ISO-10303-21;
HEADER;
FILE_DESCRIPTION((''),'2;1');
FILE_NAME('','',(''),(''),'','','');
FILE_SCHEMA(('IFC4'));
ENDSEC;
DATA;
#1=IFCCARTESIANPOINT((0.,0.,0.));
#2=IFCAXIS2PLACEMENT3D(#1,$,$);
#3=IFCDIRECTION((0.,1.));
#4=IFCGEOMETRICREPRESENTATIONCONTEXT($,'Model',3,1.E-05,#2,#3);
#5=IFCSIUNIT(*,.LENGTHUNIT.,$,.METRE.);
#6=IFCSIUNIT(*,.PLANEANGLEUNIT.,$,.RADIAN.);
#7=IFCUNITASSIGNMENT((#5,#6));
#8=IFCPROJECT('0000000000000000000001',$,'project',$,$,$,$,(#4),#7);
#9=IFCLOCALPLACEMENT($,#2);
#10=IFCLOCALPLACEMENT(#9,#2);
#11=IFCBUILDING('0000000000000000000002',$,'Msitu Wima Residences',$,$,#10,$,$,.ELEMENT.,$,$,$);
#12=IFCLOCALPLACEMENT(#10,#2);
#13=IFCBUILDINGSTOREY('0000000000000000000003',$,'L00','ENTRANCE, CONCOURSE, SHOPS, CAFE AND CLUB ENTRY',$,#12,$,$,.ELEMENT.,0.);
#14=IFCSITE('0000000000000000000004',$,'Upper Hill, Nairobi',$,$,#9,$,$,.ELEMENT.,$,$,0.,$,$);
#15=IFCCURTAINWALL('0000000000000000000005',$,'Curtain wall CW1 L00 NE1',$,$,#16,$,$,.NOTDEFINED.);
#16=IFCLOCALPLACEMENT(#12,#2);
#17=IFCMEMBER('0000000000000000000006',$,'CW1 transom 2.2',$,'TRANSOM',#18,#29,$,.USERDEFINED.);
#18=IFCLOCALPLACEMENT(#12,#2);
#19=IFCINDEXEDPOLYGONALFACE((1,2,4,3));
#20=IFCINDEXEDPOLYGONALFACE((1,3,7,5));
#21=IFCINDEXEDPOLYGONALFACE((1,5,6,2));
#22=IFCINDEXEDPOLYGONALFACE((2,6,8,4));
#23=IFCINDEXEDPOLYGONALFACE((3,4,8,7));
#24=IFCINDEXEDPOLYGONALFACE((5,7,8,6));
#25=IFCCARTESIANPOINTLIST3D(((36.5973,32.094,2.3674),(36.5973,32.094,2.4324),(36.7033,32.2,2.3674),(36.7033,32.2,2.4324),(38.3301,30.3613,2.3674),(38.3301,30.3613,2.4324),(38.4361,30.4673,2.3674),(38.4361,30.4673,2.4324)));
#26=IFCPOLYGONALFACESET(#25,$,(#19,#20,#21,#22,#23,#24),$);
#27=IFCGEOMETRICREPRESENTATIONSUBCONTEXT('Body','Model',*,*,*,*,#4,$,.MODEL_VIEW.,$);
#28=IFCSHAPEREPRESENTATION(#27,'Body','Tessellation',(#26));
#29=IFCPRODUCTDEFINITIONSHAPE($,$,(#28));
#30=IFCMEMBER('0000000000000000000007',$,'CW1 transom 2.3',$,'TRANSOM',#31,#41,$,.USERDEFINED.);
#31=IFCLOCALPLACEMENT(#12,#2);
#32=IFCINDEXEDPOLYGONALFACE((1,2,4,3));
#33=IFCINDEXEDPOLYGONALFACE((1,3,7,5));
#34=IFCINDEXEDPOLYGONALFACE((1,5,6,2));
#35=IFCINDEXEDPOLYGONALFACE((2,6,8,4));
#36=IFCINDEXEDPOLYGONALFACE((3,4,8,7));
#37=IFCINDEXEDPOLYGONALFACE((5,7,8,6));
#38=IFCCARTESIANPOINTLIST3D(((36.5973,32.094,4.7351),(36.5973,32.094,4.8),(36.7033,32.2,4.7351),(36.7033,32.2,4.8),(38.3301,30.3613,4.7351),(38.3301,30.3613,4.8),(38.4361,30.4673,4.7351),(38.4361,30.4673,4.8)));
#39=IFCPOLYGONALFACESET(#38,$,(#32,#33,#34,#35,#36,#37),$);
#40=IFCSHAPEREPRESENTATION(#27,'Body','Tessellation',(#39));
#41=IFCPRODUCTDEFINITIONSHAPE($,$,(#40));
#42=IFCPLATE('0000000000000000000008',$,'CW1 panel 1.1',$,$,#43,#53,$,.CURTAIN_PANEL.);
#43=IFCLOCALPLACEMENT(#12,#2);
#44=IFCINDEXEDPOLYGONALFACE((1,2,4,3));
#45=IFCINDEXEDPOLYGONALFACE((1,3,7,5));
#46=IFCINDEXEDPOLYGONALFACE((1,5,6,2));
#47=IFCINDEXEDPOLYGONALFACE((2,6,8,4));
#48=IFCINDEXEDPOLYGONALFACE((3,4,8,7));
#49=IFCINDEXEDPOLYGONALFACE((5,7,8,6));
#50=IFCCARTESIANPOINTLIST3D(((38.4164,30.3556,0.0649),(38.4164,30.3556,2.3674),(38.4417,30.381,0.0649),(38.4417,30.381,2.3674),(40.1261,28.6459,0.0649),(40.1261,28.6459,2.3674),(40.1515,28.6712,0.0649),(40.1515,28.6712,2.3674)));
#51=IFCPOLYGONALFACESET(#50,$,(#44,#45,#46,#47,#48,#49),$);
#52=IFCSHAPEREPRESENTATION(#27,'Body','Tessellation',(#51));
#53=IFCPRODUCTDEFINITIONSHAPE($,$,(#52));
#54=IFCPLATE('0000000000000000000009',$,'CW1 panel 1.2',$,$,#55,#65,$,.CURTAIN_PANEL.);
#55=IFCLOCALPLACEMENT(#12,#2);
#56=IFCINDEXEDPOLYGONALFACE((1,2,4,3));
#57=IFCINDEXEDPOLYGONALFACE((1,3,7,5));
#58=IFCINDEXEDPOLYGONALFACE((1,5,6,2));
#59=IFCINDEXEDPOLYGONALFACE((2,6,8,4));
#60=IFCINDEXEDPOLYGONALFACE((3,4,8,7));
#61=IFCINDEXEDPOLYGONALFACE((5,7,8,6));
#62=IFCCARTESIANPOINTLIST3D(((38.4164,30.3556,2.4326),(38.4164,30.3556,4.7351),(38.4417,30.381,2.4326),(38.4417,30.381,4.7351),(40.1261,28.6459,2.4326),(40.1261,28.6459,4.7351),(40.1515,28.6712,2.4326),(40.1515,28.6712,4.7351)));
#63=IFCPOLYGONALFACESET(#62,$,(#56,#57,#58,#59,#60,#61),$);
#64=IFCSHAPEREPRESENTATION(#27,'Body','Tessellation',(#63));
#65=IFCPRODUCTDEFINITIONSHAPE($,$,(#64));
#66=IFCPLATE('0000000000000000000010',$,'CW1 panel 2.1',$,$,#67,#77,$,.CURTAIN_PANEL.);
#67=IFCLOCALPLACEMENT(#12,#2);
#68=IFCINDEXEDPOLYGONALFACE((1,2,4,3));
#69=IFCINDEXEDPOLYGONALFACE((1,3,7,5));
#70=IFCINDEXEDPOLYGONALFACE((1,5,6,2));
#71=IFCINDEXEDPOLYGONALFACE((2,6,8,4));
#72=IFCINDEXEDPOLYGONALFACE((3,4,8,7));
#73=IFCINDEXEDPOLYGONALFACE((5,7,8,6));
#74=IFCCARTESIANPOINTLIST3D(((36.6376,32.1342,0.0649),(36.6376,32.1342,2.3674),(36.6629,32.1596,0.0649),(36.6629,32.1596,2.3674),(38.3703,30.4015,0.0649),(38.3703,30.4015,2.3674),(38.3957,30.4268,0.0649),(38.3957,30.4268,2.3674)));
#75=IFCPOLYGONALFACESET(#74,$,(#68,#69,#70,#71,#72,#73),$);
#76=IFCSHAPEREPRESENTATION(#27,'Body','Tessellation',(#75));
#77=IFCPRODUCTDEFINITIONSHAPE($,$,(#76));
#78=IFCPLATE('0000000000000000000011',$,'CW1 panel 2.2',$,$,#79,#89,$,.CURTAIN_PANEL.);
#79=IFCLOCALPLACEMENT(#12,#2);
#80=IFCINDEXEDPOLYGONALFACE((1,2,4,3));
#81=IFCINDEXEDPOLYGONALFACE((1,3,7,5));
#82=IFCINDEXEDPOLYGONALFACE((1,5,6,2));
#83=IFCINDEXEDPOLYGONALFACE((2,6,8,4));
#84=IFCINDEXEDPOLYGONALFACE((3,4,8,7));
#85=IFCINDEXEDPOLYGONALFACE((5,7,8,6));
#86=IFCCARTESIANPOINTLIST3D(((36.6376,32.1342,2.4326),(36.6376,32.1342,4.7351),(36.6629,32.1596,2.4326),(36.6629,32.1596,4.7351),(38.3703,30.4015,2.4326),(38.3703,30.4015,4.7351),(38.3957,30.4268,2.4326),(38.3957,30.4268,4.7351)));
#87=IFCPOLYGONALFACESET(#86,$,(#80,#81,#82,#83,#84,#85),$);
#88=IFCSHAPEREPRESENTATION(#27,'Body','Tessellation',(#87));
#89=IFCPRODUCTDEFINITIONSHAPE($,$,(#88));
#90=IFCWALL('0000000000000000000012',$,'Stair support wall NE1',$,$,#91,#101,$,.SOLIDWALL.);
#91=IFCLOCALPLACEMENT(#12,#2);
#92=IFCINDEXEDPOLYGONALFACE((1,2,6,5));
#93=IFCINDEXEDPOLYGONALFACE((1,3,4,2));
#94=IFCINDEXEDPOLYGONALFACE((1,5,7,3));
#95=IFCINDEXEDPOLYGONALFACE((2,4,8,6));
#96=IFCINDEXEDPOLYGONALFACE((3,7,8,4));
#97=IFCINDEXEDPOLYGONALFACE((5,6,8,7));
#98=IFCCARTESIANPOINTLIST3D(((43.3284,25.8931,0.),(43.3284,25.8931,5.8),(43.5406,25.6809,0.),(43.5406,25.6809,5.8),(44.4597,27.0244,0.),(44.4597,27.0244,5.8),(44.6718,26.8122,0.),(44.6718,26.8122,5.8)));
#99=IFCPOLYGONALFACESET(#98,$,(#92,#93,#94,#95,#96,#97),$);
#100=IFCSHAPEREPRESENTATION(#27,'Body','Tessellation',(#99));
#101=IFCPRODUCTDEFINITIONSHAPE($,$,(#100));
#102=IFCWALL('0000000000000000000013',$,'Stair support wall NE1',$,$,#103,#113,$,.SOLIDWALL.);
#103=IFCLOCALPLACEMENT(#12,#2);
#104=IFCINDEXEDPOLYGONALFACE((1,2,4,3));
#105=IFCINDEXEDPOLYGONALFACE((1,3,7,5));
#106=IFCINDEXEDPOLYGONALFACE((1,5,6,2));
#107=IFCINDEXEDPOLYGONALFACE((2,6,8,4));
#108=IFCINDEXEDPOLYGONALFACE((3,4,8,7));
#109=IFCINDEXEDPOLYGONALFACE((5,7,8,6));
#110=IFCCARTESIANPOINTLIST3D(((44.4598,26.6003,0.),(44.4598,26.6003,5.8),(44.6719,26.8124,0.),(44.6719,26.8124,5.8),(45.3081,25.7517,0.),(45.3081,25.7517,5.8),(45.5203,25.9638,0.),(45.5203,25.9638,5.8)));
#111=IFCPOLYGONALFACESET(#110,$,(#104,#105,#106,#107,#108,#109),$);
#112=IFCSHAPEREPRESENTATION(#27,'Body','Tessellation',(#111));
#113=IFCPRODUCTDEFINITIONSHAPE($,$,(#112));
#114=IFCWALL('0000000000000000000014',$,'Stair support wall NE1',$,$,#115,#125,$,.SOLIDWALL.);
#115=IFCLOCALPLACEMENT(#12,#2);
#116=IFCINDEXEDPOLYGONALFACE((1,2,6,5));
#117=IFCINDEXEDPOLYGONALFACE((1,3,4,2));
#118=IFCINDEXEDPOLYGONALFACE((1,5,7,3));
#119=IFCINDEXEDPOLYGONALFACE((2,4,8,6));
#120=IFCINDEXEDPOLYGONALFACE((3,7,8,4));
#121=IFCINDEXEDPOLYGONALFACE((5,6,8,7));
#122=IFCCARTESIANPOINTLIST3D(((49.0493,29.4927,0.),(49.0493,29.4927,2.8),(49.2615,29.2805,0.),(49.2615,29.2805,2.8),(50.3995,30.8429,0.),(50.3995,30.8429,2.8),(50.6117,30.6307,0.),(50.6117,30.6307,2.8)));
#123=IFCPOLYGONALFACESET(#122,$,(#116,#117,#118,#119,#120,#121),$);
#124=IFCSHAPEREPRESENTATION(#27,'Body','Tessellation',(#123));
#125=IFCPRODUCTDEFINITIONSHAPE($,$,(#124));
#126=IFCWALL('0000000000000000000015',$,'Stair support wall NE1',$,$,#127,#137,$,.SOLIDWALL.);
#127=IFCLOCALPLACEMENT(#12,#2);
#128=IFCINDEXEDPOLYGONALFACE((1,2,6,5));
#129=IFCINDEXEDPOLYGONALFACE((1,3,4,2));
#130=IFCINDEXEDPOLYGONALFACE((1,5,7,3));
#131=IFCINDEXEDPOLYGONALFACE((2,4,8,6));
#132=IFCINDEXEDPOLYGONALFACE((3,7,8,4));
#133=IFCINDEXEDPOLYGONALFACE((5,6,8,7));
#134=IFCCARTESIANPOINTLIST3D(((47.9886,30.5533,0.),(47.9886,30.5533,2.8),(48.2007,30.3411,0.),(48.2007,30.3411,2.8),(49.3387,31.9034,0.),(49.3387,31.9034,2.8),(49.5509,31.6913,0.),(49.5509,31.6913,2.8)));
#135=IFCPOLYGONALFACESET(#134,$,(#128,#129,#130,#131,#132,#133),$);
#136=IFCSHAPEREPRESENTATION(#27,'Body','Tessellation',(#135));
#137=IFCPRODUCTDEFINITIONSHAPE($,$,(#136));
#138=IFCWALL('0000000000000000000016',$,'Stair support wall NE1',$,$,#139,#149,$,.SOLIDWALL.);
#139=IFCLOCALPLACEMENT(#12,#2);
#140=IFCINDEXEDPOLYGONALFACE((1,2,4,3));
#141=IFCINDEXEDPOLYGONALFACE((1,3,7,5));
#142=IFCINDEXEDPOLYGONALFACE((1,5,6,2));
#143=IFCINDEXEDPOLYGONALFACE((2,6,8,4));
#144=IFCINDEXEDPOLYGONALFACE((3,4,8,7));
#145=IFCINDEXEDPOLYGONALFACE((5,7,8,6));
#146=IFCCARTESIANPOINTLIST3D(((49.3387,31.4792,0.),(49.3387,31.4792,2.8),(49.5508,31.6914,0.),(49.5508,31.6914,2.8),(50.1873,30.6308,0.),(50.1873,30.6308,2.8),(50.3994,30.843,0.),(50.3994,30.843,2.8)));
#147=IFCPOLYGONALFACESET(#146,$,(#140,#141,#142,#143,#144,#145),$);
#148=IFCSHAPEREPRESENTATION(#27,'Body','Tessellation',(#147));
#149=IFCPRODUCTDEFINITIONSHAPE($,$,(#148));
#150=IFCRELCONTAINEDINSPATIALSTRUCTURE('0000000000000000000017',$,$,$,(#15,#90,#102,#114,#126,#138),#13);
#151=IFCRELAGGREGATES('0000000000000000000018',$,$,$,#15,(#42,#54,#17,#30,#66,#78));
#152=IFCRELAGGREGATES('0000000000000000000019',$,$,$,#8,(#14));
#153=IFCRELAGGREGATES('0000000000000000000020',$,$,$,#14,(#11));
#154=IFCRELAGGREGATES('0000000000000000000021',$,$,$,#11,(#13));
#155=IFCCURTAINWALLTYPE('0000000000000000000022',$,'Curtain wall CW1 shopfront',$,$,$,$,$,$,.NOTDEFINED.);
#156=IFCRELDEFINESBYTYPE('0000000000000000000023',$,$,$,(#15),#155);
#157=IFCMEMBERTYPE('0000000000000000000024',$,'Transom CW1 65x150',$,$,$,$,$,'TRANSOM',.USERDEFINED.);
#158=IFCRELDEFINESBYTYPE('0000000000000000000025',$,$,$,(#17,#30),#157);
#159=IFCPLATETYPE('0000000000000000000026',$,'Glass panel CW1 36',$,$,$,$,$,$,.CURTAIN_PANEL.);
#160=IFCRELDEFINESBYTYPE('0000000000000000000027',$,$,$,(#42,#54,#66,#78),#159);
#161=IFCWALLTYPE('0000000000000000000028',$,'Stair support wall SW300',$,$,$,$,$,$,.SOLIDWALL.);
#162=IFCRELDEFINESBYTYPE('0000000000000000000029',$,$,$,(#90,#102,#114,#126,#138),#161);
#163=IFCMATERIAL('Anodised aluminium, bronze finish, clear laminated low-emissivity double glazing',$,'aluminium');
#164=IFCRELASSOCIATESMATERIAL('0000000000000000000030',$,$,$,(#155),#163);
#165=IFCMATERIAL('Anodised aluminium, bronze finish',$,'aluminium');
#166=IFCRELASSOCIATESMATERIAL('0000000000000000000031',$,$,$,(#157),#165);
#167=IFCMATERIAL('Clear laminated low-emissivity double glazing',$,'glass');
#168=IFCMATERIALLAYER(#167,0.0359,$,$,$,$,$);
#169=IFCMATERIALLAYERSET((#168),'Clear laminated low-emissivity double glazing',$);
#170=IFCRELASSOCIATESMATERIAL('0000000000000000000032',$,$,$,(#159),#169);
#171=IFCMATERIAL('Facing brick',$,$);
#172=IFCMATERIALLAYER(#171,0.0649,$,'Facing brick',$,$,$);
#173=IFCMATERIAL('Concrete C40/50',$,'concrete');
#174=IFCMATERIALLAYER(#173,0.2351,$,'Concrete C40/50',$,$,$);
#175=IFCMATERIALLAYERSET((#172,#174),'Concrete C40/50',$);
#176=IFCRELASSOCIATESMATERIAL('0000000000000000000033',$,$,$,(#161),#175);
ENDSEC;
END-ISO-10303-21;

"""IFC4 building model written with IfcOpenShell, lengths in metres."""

from ifc_helpers import new_model, si_unit, direction, frame, frame_2d, origin, origin_2d, place, context, subcontext, project, spatial, rectangle, extrude, material, layer, layer_set, material_profile, profile_set, type_object, element, aggregate, save


model = new_model("IFC4")

# Units and contexts
model_context = context("Model", 3, precision=1e-05, world=origin(), true_north=direction((0.0, 1.0)))
body_context = subcontext(model_context, "Body", "Model", "MODEL_VIEW")
ifc_project = project(units=[si_unit("LENGTHUNIT", "METRE"), si_unit("PLANEANGLEUNIT", "RADIAN")], contexts=[model_context])

# Site, building, storey
site_placement = place(None, origin())
site = spatial("IfcSite", under=ifc_project, at=site_placement, Name="Upper Hill, Nairobi", CompositionType="ELEMENT", RefElevation=0.0)
building_placement = place(site_placement, origin())
building = spatial("IfcBuilding", under=site, at=building_placement, Name="Msitu Wima Residences", CompositionType="ELEMENT")
storey_placement = place(building_placement, origin())
storey = spatial("IfcBuildingStorey", under=building, at=storey_placement, Name="L00", Description="ENTRANCE, CONCOURSE, SHOPS, CAFE AND CLUB ENTRY", CompositionType="ELEMENT", Elevation=0.0)

# Curtain wall, members, plates
ifc_material_1 = material(Name="Anodised aluminium, bronze finish, clear laminated low-emissivity double glazing", Category="aluminium")
curtain_wall_type = type_object("IfcCurtainWallType", Name="Curtain wall CW1 shopfront", PredefinedType="NOTDEFINED", material=ifc_material_1)
curtain_wall_placement = place(storey_placement, origin())
curtain_wall = element("IfcCurtainWall", 1, at=curtain_wall_placement, inside=storey, type_object=curtain_wall_type, Name="Curtain wall CW1 L00 NE1", PredefinedType="NOTDEFINED")
ifc_material_2 = material(Name="Anodised aluminium, bronze finish", Category="aluminium")
ifc_material_profile_1 = material_profile(ifc_material_2, rectangle(XDim=0.1499, YDim=0.0649, at=origin_2d()), Name="Transom 65x150")
ifc_profile_set_1 = profile_set([ifc_material_profile_1], Name="Anodised aluminium, bronze finish")
member_type_1 = type_object("IfcMemberType", Name="Transom CW1 65x150", ElementType="TRANSOM", PredefinedType="USERDEFINED", material=ifc_profile_set_1)
member_1_placement = place(storey_placement, frame((38.3831, 30.4143, 2.3999), z_axis=(-0.707107, 0.707107, 0.0), x_axis=(-0.707107, -0.707107, 0.0)))
member_1 = element("IfcMember", 2, at=member_1_placement, type_object=member_type_1, Name="CW1 transom 2.2", ObjectType="TRANSOM", PredefinedType="USERDEFINED", context=body_context, shape_type="SweptSolid", body=[
    extrude(rectangle(XDim=0.1499, YDim=0.0649, at=origin_2d()), origin(), (0.0, 0.0, 1.0), 2.4504),
])
member_2_placement = place(storey_placement, frame((38.3831, 30.4143, 4.7676), z_axis=(-0.707107, 0.707107, 0.0), x_axis=(-0.707107, -0.707107, 0.0)))
member_2 = element("IfcMember", 3, at=member_2_placement, type_object=member_type_1, Name="CW1 transom 2.3", ObjectType="TRANSOM", PredefinedType="USERDEFINED", context=body_context, shape_type="SweptSolid", body=[
    extrude(rectangle(XDim=0.1499, YDim=0.0649, at=origin_2d()), origin(), (0.0, 0.0, 1.0), 2.4504),
])
ifc_material_3 = material(Name="Clear laminated low-emissivity double glazing", Category="glass")
ifc_layer_1 = layer(ifc_material_3, 0.0359)
ifc_layer_set_1 = layer_set([ifc_layer_1], Name="Clear laminated low-emissivity double glazing")
plate_type = type_object("IfcPlateType", Name="Glass panel CW1 36", PredefinedType="CURTAIN_PANEL", material=ifc_layer_set_1)
plate_1_placement = place(storey_placement, frame((39.2839, 29.5134, 0.0649), z_axis=(0.0, 0.0, 1.0), x_axis=(-0.707107, 0.707107, 0.0)))
plate_1 = element("IfcPlate", 4, at=plate_1_placement, type_object=plate_type, Name="CW1 panel 1.1", PredefinedType="CURTAIN_PANEL", context=body_context, shape_type="SweptSolid", body=[
    extrude(rectangle(XDim=2.418, YDim=0.0359, at=origin_2d()), origin(), (0.0, 0.0, 1.0), 2.3025),
])
plate_2_placement = place(storey_placement, frame((39.2839, 29.5134, 2.4326), z_axis=(0.0, 0.0, 1.0), x_axis=(-0.707107, 0.707107, 0.0)))
plate_2 = element("IfcPlate", 5, at=plate_2_placement, type_object=plate_type, Name="CW1 panel 1.2", PredefinedType="CURTAIN_PANEL", context=body_context, shape_type="SweptSolid", body=[
    extrude(rectangle(XDim=2.418, YDim=0.0359, at=origin_2d()), origin(), (0.0, 0.0, 1.0), 2.3025),
])
plate_3_placement = place(storey_placement, frame((37.5166, 31.2805, 0.0649), z_axis=(0.0, 0.0, 1.0), x_axis=(-0.707107, 0.707107, 0.0)))
plate_3 = element("IfcPlate", 6, at=plate_3_placement, type_object=plate_type, Name="CW1 panel 2.1", PredefinedType="CURTAIN_PANEL", context=body_context, shape_type="SweptSolid", body=[
    extrude(rectangle(XDim=2.4504, YDim=0.0359, at=origin_2d()), origin(), (0.0, 0.0, 1.0), 2.3025),
])
plate_4_placement = place(storey_placement, frame((37.5166, 31.2805, 2.4326), z_axis=(0.0, 0.0, 1.0), x_axis=(-0.707107, 0.707107, 0.0)))
plate_4 = element("IfcPlate", 7, at=plate_4_placement, type_object=plate_type, Name="CW1 panel 2.2", PredefinedType="CURTAIN_PANEL", context=body_context, shape_type="SweptSolid", body=[
    extrude(rectangle(XDim=2.4504, YDim=0.0359, at=origin_2d()), origin(), (0.0, 0.0, 1.0), 2.3025),
])
aggregate(curtain_wall, [plate_1, plate_2, member_1, member_2, plate_3, plate_4])

# Walls
ifc_material_4 = material(Name="Facing brick")
ifc_layer_2 = layer(ifc_material_4, 0.0649, Name="Facing brick")
ifc_material_5 = material(Name="Concrete C40/50", Category="concrete")
ifc_layer_3 = layer(ifc_material_5, 0.2351, Name="Concrete C40/50")
ifc_layer_set_2 = layer_set([ifc_layer_2, ifc_layer_3], Name="Concrete C40/50")
wall_type = type_object("IfcWallType", Name="Stair support wall SW300", PredefinedType="SOLIDWALL", material=ifc_layer_set_2)
wall_1_placement = place(storey_placement, frame((43.4346, 25.7871, 0.0), z_axis=(0.0, 0.0, 1.0), x_axis=(0.707107, 0.707107, 0.0)))
element("IfcWall", 8, at=wall_1_placement, inside=storey, type_object=wall_type, Name="Stair support wall NE1", PredefinedType="SOLIDWALL", context=body_context, shape_type="SweptSolid", body=[
    extrude(rectangle(XDim=1.5999, YDim=0.3, at=frame_2d((0.7998, 0.0))), origin(), (0.0, 0.0, 1.0), 5.8),
])
wall_2_placement = place(storey_placement, frame((45.4143, 25.8577, 0.0), z_axis=(0.0, 0.0, 1.0), x_axis=(-0.707005, 0.707209, 0.0)))
element("IfcWall", 9, at=wall_2_placement, inside=storey, type_object=wall_type, Name="Stair support wall NE1", PredefinedType="SOLIDWALL", context=body_context, shape_type="SweptSolid", body=[
    extrude(rectangle(XDim=1.2, YDim=0.3, at=frame_2d((0.6001, 0.0))), origin(), (0.0, 0.0, 1.0), 5.8),
])
for number, where, z_axis, x_axis, name in (
    (10, (49.1555, 29.3867, 0.0), (0.0, 0.0, 1.0), (0.707107, 0.707107, 0.0), "Stair support wall NE1"),
    (11, (48.0947, 30.4473, 0.0), (0.0, 0.0, 1.0), (0.707107, 0.707107, 0.0), "Stair support wall NE1"),
):
    element("IfcWall", number, at=place(storey_placement, frame(where, z_axis=z_axis, x_axis=x_axis)), inside=storey, type_object=wall_type, Name=name, PredefinedType="SOLIDWALL", context=body_context, shape_type="SweptSolid", body=[
        extrude(rectangle(XDim=1.9094, YDim=0.3, at=frame_2d((0.9546, 0.0))), origin(), (0.0, 0.0, 1.0), 2.8),
    ])
wall_3_placement = place(storey_placement, frame((50.2935, 30.7368, 0.0), z_axis=(0.0, 0.0, 1.0), x_axis=(-0.707209, 0.707005, 0.0)))
element("IfcWall", 12, at=wall_3_placement, inside=storey, type_object=wall_type, Name="Stair support wall NE1", PredefinedType="SOLIDWALL", context=body_context, shape_type="SweptSolid", body=[
    extrude(rectangle(XDim=1.2, YDim=0.3, at=frame_2d((0.6001, 0.0))), origin(), (0.0, 0.0, 1.0), 2.8),
])

save(model, "model.ifc")
